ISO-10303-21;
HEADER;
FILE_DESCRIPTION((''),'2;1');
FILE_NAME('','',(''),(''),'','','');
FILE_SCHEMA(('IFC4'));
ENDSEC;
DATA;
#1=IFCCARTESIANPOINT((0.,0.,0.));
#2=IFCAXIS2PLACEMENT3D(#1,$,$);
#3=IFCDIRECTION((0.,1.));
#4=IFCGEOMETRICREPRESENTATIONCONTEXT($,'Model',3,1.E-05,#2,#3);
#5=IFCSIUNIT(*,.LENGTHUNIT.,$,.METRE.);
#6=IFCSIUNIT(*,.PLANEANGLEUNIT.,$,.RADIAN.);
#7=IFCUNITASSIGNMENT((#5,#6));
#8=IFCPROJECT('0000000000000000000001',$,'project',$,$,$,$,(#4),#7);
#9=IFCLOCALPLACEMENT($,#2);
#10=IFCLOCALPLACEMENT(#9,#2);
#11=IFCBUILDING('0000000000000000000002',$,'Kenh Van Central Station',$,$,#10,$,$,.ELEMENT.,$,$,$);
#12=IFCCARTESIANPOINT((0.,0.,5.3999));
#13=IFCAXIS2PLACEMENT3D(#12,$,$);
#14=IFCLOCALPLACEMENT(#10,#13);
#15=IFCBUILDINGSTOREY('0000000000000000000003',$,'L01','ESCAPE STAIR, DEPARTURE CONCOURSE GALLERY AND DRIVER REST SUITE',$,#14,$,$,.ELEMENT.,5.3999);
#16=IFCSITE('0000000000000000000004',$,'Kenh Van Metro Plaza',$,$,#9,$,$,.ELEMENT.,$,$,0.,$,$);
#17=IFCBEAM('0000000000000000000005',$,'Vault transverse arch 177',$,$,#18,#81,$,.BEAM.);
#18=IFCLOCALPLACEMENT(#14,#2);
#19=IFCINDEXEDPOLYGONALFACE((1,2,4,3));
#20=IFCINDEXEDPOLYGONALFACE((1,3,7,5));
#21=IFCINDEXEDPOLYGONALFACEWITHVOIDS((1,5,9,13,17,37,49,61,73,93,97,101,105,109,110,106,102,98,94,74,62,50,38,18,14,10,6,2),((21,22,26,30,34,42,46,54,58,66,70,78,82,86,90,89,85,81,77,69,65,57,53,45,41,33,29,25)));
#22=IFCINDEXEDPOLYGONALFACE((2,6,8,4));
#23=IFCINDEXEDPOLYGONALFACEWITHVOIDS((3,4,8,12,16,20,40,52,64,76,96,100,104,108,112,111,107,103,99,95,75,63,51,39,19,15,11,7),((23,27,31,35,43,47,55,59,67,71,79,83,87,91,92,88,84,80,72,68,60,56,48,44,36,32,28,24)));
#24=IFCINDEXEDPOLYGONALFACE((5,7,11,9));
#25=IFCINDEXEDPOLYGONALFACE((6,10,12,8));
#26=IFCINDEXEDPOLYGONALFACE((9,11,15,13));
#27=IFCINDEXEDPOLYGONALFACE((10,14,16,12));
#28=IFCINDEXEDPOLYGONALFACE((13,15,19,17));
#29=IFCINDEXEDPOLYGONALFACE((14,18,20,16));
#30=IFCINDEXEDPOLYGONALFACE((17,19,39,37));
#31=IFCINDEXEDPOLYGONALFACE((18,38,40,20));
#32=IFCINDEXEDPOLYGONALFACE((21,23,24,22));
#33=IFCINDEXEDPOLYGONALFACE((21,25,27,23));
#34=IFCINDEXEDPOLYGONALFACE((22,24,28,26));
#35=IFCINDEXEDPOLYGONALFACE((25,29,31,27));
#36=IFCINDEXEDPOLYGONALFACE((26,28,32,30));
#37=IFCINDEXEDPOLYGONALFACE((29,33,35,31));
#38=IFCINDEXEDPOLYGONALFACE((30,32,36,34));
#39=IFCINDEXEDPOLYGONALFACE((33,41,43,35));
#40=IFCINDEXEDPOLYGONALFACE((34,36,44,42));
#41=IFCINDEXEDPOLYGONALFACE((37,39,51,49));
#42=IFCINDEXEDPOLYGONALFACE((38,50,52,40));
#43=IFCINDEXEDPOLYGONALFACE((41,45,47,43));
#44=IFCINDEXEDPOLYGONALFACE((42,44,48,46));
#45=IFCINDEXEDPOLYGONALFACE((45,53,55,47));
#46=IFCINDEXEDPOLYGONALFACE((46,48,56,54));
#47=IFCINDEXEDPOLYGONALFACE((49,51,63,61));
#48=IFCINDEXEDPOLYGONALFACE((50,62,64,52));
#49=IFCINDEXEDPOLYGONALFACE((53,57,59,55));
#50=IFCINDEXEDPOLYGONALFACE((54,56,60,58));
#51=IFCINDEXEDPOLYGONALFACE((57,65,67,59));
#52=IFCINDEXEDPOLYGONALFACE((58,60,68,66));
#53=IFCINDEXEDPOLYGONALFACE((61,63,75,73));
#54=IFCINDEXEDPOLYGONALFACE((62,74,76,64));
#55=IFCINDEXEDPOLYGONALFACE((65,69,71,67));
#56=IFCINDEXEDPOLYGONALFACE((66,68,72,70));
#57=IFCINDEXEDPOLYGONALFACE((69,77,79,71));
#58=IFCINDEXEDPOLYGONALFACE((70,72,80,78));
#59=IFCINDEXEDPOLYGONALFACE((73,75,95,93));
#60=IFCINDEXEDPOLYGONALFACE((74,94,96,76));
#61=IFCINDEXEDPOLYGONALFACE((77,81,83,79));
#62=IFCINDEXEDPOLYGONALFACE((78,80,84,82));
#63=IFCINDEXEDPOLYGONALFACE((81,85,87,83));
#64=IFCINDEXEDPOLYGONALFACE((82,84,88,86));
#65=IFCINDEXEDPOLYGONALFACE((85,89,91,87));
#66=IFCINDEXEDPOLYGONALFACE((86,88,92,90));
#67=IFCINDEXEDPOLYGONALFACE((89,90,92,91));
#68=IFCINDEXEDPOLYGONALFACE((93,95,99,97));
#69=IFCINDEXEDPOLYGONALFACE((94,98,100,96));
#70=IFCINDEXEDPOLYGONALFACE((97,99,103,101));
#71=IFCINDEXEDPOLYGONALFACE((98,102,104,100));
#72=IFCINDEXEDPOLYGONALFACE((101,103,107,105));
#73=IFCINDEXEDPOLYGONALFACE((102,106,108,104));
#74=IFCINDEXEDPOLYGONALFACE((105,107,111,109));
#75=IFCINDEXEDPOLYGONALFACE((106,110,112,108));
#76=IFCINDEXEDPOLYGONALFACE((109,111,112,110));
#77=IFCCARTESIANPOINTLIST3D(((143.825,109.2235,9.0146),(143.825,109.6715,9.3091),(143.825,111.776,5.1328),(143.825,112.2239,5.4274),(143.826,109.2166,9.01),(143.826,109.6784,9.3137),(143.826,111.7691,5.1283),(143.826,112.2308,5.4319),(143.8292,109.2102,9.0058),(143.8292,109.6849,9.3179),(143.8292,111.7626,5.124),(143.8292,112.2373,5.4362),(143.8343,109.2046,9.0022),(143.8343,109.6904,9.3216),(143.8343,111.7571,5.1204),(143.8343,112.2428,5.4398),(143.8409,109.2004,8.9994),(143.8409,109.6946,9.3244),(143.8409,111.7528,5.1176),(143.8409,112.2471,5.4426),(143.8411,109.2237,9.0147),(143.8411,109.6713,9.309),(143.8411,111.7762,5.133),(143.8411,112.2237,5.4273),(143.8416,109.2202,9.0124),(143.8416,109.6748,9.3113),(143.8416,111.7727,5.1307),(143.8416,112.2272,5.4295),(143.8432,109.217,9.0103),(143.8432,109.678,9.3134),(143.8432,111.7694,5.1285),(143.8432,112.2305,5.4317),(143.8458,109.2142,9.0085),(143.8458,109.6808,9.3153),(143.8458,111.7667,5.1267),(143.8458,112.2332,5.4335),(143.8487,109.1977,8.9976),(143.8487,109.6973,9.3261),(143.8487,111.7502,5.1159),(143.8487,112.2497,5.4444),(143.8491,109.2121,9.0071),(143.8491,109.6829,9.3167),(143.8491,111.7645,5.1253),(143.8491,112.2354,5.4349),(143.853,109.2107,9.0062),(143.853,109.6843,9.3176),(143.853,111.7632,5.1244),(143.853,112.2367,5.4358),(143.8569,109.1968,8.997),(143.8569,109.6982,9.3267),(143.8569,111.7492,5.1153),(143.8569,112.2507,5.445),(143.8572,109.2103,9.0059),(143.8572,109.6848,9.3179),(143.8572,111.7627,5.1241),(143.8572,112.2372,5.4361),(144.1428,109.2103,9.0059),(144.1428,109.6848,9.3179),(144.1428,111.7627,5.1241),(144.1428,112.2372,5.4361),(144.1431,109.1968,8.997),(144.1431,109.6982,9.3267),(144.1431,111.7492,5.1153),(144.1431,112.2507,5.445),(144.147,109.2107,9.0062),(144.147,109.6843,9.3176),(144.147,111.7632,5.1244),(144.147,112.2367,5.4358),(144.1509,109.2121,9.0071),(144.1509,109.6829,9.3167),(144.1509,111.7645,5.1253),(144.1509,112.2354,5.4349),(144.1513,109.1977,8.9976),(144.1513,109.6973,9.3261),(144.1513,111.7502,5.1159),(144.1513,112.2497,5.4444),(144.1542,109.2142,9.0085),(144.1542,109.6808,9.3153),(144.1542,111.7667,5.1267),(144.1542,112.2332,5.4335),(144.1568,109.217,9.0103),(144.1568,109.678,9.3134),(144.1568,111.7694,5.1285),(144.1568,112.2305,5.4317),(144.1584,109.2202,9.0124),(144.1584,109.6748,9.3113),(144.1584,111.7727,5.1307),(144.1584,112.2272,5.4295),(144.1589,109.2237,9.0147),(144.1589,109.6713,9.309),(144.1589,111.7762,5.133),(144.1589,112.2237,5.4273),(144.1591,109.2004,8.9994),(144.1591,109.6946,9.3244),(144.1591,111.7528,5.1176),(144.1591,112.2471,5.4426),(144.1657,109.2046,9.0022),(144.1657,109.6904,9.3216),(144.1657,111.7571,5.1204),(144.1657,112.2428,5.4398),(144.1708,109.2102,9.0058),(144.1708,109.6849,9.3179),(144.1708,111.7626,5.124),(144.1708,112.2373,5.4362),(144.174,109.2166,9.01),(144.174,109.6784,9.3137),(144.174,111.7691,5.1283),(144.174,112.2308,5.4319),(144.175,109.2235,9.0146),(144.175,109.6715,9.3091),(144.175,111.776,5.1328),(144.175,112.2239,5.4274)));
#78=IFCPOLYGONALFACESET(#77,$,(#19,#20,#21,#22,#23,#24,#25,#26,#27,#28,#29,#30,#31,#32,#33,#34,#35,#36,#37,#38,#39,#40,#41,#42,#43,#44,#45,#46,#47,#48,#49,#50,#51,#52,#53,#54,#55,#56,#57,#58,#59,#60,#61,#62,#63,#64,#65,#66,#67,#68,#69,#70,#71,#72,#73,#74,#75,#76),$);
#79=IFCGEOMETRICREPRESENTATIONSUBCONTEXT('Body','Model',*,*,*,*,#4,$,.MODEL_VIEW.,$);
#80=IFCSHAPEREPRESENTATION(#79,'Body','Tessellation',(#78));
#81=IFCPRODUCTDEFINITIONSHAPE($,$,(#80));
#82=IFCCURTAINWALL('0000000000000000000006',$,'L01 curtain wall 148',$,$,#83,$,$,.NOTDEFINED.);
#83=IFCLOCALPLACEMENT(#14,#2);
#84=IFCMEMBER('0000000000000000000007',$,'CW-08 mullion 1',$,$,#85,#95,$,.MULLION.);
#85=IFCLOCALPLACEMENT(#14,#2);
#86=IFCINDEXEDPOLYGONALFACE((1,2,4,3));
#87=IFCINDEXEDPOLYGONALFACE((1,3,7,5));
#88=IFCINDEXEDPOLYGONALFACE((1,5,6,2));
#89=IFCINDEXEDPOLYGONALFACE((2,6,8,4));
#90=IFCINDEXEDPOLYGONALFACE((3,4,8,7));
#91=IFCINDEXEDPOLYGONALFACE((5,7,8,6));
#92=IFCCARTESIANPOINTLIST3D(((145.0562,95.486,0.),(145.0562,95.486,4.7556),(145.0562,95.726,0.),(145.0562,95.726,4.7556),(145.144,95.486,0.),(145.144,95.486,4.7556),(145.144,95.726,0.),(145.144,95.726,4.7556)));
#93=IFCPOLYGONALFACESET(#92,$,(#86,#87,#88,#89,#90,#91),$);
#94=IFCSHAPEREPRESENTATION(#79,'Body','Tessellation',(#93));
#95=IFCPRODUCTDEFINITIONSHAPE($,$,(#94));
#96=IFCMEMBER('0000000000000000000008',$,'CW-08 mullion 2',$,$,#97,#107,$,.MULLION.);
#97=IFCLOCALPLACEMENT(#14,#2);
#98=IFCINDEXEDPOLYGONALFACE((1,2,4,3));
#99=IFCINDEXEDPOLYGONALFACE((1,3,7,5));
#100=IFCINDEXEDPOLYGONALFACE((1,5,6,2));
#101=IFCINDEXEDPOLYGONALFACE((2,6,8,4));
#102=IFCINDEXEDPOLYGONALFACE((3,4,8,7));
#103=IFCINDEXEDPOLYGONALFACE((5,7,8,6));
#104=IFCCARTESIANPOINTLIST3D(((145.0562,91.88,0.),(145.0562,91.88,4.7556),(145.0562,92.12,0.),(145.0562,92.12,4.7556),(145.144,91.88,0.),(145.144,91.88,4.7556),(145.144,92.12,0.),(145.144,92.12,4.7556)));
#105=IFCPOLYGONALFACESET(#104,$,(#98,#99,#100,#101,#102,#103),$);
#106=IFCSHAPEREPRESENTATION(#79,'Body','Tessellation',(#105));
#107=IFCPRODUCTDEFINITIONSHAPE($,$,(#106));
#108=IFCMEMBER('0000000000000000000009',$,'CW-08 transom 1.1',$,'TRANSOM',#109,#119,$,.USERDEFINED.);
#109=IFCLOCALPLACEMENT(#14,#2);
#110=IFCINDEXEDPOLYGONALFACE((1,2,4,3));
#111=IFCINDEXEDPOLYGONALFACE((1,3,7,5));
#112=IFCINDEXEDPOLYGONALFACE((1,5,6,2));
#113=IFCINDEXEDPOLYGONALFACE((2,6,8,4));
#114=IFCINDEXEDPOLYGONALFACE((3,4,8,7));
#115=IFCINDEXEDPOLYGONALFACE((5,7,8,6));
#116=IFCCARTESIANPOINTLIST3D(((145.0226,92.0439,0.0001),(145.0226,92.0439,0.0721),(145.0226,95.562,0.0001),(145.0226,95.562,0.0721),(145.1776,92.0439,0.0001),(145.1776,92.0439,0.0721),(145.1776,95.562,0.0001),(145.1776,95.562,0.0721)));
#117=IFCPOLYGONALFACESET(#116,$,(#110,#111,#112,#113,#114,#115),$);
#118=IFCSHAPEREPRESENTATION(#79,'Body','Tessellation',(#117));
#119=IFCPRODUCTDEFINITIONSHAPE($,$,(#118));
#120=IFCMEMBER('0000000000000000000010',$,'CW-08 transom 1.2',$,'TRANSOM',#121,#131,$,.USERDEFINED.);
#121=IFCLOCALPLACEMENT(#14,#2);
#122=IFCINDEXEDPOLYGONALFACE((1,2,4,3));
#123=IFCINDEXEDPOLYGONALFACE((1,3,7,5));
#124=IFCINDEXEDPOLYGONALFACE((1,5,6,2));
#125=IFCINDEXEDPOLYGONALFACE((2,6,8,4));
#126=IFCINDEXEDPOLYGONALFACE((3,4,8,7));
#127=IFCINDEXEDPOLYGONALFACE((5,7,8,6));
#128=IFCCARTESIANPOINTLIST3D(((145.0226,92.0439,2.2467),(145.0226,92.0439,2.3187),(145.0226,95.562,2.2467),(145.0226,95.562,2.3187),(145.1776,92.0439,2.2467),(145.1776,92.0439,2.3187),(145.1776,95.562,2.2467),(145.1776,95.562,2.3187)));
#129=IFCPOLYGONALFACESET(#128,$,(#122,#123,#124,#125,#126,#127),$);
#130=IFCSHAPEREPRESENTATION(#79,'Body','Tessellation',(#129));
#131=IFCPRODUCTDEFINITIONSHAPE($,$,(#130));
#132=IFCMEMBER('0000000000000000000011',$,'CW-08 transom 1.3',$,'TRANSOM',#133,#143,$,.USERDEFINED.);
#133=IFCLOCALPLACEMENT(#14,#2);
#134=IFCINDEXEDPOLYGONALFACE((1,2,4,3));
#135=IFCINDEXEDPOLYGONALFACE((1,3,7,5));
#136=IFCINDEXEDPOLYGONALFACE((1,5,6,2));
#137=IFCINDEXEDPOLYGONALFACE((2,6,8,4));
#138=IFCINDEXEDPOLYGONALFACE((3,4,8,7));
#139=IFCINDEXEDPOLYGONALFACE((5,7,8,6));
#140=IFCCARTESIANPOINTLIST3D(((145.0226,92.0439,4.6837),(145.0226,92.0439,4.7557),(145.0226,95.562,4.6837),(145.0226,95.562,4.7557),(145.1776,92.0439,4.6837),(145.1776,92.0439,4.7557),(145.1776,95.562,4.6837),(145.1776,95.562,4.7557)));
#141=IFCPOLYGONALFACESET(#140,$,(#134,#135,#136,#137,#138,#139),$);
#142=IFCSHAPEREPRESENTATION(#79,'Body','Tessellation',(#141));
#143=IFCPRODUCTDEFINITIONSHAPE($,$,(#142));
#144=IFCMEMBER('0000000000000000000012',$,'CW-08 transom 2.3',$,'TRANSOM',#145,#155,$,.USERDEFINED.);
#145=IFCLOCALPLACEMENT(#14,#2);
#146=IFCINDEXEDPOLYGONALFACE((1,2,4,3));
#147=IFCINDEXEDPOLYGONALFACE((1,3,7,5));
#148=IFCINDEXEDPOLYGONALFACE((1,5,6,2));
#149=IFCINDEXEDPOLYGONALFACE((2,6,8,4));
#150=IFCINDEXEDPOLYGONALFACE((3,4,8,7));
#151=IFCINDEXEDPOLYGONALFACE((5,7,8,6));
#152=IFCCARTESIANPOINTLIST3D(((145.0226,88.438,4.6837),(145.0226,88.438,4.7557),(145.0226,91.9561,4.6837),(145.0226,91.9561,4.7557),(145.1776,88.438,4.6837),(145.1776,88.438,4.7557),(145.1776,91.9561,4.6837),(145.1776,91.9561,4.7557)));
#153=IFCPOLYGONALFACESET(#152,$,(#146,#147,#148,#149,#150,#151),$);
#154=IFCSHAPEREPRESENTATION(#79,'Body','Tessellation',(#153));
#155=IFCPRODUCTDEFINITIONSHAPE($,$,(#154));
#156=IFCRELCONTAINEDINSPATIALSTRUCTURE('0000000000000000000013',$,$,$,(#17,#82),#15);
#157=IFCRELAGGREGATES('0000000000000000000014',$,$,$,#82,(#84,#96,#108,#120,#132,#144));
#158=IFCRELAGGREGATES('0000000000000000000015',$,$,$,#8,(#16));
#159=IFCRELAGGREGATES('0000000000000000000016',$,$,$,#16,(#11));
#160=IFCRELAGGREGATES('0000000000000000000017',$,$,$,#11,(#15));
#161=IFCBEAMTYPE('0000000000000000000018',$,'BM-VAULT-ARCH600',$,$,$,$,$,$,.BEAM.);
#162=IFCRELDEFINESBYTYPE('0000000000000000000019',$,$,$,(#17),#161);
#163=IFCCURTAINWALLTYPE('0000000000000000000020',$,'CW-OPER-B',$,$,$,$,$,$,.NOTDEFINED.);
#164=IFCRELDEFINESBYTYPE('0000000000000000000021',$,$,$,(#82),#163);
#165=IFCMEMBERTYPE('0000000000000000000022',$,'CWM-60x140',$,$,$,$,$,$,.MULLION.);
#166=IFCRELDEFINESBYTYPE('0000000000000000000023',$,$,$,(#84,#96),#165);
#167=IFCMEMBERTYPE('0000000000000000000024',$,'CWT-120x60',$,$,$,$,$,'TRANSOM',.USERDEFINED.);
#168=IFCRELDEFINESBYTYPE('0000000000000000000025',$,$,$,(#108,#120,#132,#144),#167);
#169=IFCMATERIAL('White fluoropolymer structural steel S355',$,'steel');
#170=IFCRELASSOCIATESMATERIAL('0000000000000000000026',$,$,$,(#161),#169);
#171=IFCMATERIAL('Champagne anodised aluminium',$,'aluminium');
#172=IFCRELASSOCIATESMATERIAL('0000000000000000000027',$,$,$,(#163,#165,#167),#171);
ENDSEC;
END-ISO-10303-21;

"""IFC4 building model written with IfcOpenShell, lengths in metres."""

from ifc_helpers import new_model, si_unit, direction, frame, origin, origin_2d, place, context, subcontext, project, spatial, rectangle, hollow_rectangle, extrude, material, material_profile, profile_set, type_object, element, aggregate, save


model = new_model("IFC4")

# Units and contexts
model_context = context("Model", 3, precision=1e-05, world=origin(), true_north=direction((0.0, 1.0)))
body_context = subcontext(model_context, "Body", "Model", "MODEL_VIEW")
ifc_project = project(units=[si_unit("LENGTHUNIT", "METRE"), si_unit("PLANEANGLEUNIT", "RADIAN")], contexts=[model_context])

# Site, building, storey
site_placement = place(None, origin())
site = spatial("IfcSite", under=ifc_project, at=site_placement, Name="Kenh Van Metro Plaza", CompositionType="ELEMENT", RefElevation=0.0)
building_placement = place(site_placement, origin())
building = spatial("IfcBuilding", under=site, at=building_placement, Name="Kenh Van Central Station", CompositionType="ELEMENT")
storey_placement = place(building_placement, frame((0.0, 0.0, 5.3999)))
storey = spatial("IfcBuildingStorey", under=building, at=storey_placement, Name="L01", Description="ESCAPE STAIR, DEPARTURE CONCOURSE GALLERY AND DRIVER REST SUITE", CompositionType="ELEMENT", Elevation=5.3999)

# Beam
ifc_material_1 = material(Name="White fluoropolymer structural steel S355", Category="steel")
ifc_material_profile_1 = material_profile(ifc_material_1, hollow_rectangle(XDim=0.3501, YDim=0.6001, WallThickness=0.0161, InnerFilletRadius=0.0161, OuterFilletRadius=0.032, at=origin_2d()), Name="RHS 600x350x16")
ifc_profile_set_1 = profile_set([ifc_material_profile_1], Name="White fluoropolymer structural steel S355")
beam_type_1 = type_object("IfcBeamType", Name="BM-VAULT-ARCH600", PredefinedType="BEAM", material=ifc_profile_set_1)
beam_1_placement = place(storey_placement, frame((144.0, 109.4475, 9.1619), z_axis=(0.0, 0.549414, -0.83555), x_axis=(-1.0, 0.0, 0.0)))
element("IfcBeam", 1, at=beam_1_placement, inside=storey, type_object=beam_type_1, Name="Vault transverse arch 177", PredefinedType="BEAM", context=body_context, shape_type="SweptSolid", body=[
    extrude(hollow_rectangle(XDim=0.3501, YDim=0.6001, WallThickness=0.0161, InnerFilletRadius=0.0161, OuterFilletRadius=0.032, at=origin_2d()), origin(), (0.0, 0.0, 1.0), 4.6458),
])

# Curtain wall, members
ifc_material_2 = material(Name="Champagne anodised aluminium", Category="aluminium")
curtain_wall_type = type_object("IfcCurtainWallType", Name="CW-OPER-B", PredefinedType="NOTDEFINED", material=ifc_material_2)
curtain_wall_placement = place(storey_placement, origin())
curtain_wall = element("IfcCurtainWall", 2, at=curtain_wall_placement, inside=storey, type_object=curtain_wall_type, Name="L01 curtain wall 148", PredefinedType="NOTDEFINED")
ifc_material_profile_2 = material_profile(ifc_material_2, rectangle(XDim=0.0879, YDim=0.24, at=origin_2d()), Name="AL 88x240")
ifc_profile_set_2 = profile_set([ifc_material_profile_2], Name="Champagne anodised aluminium")
member_type_1 = type_object("IfcMemberType", Name="CWM-60x140", PredefinedType="MULLION", material=ifc_profile_set_2)
member_1_placement = place(storey_placement, frame((145.1001, 95.606, 0.0), z_axis=(0.0, 0.0, 1.0), x_axis=(1.0, 0.0, 0.0)))
member_1 = element("IfcMember", 3, at=member_1_placement, type_object=member_type_1, Name="CW-08 mullion 1", PredefinedType="MULLION", context=body_context, shape_type="SweptSolid", body=[
    extrude(rectangle(XDim=0.0879, YDim=0.24, at=origin_2d()), origin(), (0.0, 0.0, 1.0), 4.7556),
])
member_2_placement = place(storey_placement, frame((145.1001, 92.0, 0.0), z_axis=(0.0, 0.0, 1.0), x_axis=(1.0, 0.0, 0.0)))
member_2 = element("IfcMember", 4, at=member_2_placement, type_object=member_type_1, Name="CW-08 mullion 2", PredefinedType="MULLION", context=body_context, shape_type="SweptSolid", body=[
    extrude(rectangle(XDim=0.0879, YDim=0.24, at=origin_2d()), origin(), (0.0, 0.0, 1.0), 4.7556),
])
ifc_material_profile_3 = material_profile(ifc_material_2, rectangle(XDim=0.155, YDim=0.072, at=origin_2d()), Name="AL 155x72")
ifc_profile_set_3 = profile_set([ifc_material_profile_3], Name="Champagne anodised aluminium")
member_type_2 = type_object("IfcMemberType", Name="CWT-120x60", ElementType="TRANSOM", PredefinedType="USERDEFINED", material=ifc_profile_set_3)
member_3_placement = place(storey_placement, frame((145.1001, 95.562, 0.0361), z_axis=(0.0, -1.0, 0.0), x_axis=(1.0, 0.0, 0.0)))
member_3 = element("IfcMember", 5, at=member_3_placement, type_object=member_type_2, Name="CW-08 transom 1.1", ObjectType="TRANSOM", PredefinedType="USERDEFINED", context=body_context, shape_type="SweptSolid", body=[
    extrude(rectangle(XDim=0.155, YDim=0.072, at=origin_2d()), origin(), (0.0, 0.0, 1.0), 3.5181),
])
member_4_placement = place(storey_placement, frame((145.1001, 95.562, 2.2827), z_axis=(0.0, -1.0, 0.0), x_axis=(1.0, 0.0, 0.0)))
member_4 = element("IfcMember", 6, at=member_4_placement, type_object=member_type_2, Name="CW-08 transom 1.2", ObjectType="TRANSOM", PredefinedType="USERDEFINED", context=body_context, shape_type="SweptSolid", body=[
    extrude(rectangle(XDim=0.155, YDim=0.072, at=origin_2d()), origin(), (0.0, 0.0, 1.0), 3.5181),
])
member_5_placement = place(storey_placement, frame((145.1001, 95.562, 4.7197), z_axis=(0.0, -1.0, 0.0), x_axis=(1.0, 0.0, 0.0)))
member_5 = element("IfcMember", 7, at=member_5_placement, type_object=member_type_2, Name="CW-08 transom 1.3", ObjectType="TRANSOM", PredefinedType="USERDEFINED", context=body_context, shape_type="SweptSolid", body=[
    extrude(rectangle(XDim=0.155, YDim=0.072, at=origin_2d()), origin(), (0.0, 0.0, 1.0), 3.5181),
])
member_6_placement = place(storey_placement, frame((145.1001, 91.9561, 4.7197), z_axis=(0.0, -1.0, 0.0), x_axis=(1.0, 0.0, 0.0)))
member_6 = element("IfcMember", 8, at=member_6_placement, type_object=member_type_2, Name="CW-08 transom 2.3", ObjectType="TRANSOM", PredefinedType="USERDEFINED", context=body_context, shape_type="SweptSolid", body=[
    extrude(rectangle(XDim=0.155, YDim=0.072, at=origin_2d()), origin(), (0.0, 0.0, 1.0), 3.5181),
])

aggregate(curtain_wall, [member_1, member_2, member_3, member_4, member_5, member_6])

save(model, "model.ifc")
